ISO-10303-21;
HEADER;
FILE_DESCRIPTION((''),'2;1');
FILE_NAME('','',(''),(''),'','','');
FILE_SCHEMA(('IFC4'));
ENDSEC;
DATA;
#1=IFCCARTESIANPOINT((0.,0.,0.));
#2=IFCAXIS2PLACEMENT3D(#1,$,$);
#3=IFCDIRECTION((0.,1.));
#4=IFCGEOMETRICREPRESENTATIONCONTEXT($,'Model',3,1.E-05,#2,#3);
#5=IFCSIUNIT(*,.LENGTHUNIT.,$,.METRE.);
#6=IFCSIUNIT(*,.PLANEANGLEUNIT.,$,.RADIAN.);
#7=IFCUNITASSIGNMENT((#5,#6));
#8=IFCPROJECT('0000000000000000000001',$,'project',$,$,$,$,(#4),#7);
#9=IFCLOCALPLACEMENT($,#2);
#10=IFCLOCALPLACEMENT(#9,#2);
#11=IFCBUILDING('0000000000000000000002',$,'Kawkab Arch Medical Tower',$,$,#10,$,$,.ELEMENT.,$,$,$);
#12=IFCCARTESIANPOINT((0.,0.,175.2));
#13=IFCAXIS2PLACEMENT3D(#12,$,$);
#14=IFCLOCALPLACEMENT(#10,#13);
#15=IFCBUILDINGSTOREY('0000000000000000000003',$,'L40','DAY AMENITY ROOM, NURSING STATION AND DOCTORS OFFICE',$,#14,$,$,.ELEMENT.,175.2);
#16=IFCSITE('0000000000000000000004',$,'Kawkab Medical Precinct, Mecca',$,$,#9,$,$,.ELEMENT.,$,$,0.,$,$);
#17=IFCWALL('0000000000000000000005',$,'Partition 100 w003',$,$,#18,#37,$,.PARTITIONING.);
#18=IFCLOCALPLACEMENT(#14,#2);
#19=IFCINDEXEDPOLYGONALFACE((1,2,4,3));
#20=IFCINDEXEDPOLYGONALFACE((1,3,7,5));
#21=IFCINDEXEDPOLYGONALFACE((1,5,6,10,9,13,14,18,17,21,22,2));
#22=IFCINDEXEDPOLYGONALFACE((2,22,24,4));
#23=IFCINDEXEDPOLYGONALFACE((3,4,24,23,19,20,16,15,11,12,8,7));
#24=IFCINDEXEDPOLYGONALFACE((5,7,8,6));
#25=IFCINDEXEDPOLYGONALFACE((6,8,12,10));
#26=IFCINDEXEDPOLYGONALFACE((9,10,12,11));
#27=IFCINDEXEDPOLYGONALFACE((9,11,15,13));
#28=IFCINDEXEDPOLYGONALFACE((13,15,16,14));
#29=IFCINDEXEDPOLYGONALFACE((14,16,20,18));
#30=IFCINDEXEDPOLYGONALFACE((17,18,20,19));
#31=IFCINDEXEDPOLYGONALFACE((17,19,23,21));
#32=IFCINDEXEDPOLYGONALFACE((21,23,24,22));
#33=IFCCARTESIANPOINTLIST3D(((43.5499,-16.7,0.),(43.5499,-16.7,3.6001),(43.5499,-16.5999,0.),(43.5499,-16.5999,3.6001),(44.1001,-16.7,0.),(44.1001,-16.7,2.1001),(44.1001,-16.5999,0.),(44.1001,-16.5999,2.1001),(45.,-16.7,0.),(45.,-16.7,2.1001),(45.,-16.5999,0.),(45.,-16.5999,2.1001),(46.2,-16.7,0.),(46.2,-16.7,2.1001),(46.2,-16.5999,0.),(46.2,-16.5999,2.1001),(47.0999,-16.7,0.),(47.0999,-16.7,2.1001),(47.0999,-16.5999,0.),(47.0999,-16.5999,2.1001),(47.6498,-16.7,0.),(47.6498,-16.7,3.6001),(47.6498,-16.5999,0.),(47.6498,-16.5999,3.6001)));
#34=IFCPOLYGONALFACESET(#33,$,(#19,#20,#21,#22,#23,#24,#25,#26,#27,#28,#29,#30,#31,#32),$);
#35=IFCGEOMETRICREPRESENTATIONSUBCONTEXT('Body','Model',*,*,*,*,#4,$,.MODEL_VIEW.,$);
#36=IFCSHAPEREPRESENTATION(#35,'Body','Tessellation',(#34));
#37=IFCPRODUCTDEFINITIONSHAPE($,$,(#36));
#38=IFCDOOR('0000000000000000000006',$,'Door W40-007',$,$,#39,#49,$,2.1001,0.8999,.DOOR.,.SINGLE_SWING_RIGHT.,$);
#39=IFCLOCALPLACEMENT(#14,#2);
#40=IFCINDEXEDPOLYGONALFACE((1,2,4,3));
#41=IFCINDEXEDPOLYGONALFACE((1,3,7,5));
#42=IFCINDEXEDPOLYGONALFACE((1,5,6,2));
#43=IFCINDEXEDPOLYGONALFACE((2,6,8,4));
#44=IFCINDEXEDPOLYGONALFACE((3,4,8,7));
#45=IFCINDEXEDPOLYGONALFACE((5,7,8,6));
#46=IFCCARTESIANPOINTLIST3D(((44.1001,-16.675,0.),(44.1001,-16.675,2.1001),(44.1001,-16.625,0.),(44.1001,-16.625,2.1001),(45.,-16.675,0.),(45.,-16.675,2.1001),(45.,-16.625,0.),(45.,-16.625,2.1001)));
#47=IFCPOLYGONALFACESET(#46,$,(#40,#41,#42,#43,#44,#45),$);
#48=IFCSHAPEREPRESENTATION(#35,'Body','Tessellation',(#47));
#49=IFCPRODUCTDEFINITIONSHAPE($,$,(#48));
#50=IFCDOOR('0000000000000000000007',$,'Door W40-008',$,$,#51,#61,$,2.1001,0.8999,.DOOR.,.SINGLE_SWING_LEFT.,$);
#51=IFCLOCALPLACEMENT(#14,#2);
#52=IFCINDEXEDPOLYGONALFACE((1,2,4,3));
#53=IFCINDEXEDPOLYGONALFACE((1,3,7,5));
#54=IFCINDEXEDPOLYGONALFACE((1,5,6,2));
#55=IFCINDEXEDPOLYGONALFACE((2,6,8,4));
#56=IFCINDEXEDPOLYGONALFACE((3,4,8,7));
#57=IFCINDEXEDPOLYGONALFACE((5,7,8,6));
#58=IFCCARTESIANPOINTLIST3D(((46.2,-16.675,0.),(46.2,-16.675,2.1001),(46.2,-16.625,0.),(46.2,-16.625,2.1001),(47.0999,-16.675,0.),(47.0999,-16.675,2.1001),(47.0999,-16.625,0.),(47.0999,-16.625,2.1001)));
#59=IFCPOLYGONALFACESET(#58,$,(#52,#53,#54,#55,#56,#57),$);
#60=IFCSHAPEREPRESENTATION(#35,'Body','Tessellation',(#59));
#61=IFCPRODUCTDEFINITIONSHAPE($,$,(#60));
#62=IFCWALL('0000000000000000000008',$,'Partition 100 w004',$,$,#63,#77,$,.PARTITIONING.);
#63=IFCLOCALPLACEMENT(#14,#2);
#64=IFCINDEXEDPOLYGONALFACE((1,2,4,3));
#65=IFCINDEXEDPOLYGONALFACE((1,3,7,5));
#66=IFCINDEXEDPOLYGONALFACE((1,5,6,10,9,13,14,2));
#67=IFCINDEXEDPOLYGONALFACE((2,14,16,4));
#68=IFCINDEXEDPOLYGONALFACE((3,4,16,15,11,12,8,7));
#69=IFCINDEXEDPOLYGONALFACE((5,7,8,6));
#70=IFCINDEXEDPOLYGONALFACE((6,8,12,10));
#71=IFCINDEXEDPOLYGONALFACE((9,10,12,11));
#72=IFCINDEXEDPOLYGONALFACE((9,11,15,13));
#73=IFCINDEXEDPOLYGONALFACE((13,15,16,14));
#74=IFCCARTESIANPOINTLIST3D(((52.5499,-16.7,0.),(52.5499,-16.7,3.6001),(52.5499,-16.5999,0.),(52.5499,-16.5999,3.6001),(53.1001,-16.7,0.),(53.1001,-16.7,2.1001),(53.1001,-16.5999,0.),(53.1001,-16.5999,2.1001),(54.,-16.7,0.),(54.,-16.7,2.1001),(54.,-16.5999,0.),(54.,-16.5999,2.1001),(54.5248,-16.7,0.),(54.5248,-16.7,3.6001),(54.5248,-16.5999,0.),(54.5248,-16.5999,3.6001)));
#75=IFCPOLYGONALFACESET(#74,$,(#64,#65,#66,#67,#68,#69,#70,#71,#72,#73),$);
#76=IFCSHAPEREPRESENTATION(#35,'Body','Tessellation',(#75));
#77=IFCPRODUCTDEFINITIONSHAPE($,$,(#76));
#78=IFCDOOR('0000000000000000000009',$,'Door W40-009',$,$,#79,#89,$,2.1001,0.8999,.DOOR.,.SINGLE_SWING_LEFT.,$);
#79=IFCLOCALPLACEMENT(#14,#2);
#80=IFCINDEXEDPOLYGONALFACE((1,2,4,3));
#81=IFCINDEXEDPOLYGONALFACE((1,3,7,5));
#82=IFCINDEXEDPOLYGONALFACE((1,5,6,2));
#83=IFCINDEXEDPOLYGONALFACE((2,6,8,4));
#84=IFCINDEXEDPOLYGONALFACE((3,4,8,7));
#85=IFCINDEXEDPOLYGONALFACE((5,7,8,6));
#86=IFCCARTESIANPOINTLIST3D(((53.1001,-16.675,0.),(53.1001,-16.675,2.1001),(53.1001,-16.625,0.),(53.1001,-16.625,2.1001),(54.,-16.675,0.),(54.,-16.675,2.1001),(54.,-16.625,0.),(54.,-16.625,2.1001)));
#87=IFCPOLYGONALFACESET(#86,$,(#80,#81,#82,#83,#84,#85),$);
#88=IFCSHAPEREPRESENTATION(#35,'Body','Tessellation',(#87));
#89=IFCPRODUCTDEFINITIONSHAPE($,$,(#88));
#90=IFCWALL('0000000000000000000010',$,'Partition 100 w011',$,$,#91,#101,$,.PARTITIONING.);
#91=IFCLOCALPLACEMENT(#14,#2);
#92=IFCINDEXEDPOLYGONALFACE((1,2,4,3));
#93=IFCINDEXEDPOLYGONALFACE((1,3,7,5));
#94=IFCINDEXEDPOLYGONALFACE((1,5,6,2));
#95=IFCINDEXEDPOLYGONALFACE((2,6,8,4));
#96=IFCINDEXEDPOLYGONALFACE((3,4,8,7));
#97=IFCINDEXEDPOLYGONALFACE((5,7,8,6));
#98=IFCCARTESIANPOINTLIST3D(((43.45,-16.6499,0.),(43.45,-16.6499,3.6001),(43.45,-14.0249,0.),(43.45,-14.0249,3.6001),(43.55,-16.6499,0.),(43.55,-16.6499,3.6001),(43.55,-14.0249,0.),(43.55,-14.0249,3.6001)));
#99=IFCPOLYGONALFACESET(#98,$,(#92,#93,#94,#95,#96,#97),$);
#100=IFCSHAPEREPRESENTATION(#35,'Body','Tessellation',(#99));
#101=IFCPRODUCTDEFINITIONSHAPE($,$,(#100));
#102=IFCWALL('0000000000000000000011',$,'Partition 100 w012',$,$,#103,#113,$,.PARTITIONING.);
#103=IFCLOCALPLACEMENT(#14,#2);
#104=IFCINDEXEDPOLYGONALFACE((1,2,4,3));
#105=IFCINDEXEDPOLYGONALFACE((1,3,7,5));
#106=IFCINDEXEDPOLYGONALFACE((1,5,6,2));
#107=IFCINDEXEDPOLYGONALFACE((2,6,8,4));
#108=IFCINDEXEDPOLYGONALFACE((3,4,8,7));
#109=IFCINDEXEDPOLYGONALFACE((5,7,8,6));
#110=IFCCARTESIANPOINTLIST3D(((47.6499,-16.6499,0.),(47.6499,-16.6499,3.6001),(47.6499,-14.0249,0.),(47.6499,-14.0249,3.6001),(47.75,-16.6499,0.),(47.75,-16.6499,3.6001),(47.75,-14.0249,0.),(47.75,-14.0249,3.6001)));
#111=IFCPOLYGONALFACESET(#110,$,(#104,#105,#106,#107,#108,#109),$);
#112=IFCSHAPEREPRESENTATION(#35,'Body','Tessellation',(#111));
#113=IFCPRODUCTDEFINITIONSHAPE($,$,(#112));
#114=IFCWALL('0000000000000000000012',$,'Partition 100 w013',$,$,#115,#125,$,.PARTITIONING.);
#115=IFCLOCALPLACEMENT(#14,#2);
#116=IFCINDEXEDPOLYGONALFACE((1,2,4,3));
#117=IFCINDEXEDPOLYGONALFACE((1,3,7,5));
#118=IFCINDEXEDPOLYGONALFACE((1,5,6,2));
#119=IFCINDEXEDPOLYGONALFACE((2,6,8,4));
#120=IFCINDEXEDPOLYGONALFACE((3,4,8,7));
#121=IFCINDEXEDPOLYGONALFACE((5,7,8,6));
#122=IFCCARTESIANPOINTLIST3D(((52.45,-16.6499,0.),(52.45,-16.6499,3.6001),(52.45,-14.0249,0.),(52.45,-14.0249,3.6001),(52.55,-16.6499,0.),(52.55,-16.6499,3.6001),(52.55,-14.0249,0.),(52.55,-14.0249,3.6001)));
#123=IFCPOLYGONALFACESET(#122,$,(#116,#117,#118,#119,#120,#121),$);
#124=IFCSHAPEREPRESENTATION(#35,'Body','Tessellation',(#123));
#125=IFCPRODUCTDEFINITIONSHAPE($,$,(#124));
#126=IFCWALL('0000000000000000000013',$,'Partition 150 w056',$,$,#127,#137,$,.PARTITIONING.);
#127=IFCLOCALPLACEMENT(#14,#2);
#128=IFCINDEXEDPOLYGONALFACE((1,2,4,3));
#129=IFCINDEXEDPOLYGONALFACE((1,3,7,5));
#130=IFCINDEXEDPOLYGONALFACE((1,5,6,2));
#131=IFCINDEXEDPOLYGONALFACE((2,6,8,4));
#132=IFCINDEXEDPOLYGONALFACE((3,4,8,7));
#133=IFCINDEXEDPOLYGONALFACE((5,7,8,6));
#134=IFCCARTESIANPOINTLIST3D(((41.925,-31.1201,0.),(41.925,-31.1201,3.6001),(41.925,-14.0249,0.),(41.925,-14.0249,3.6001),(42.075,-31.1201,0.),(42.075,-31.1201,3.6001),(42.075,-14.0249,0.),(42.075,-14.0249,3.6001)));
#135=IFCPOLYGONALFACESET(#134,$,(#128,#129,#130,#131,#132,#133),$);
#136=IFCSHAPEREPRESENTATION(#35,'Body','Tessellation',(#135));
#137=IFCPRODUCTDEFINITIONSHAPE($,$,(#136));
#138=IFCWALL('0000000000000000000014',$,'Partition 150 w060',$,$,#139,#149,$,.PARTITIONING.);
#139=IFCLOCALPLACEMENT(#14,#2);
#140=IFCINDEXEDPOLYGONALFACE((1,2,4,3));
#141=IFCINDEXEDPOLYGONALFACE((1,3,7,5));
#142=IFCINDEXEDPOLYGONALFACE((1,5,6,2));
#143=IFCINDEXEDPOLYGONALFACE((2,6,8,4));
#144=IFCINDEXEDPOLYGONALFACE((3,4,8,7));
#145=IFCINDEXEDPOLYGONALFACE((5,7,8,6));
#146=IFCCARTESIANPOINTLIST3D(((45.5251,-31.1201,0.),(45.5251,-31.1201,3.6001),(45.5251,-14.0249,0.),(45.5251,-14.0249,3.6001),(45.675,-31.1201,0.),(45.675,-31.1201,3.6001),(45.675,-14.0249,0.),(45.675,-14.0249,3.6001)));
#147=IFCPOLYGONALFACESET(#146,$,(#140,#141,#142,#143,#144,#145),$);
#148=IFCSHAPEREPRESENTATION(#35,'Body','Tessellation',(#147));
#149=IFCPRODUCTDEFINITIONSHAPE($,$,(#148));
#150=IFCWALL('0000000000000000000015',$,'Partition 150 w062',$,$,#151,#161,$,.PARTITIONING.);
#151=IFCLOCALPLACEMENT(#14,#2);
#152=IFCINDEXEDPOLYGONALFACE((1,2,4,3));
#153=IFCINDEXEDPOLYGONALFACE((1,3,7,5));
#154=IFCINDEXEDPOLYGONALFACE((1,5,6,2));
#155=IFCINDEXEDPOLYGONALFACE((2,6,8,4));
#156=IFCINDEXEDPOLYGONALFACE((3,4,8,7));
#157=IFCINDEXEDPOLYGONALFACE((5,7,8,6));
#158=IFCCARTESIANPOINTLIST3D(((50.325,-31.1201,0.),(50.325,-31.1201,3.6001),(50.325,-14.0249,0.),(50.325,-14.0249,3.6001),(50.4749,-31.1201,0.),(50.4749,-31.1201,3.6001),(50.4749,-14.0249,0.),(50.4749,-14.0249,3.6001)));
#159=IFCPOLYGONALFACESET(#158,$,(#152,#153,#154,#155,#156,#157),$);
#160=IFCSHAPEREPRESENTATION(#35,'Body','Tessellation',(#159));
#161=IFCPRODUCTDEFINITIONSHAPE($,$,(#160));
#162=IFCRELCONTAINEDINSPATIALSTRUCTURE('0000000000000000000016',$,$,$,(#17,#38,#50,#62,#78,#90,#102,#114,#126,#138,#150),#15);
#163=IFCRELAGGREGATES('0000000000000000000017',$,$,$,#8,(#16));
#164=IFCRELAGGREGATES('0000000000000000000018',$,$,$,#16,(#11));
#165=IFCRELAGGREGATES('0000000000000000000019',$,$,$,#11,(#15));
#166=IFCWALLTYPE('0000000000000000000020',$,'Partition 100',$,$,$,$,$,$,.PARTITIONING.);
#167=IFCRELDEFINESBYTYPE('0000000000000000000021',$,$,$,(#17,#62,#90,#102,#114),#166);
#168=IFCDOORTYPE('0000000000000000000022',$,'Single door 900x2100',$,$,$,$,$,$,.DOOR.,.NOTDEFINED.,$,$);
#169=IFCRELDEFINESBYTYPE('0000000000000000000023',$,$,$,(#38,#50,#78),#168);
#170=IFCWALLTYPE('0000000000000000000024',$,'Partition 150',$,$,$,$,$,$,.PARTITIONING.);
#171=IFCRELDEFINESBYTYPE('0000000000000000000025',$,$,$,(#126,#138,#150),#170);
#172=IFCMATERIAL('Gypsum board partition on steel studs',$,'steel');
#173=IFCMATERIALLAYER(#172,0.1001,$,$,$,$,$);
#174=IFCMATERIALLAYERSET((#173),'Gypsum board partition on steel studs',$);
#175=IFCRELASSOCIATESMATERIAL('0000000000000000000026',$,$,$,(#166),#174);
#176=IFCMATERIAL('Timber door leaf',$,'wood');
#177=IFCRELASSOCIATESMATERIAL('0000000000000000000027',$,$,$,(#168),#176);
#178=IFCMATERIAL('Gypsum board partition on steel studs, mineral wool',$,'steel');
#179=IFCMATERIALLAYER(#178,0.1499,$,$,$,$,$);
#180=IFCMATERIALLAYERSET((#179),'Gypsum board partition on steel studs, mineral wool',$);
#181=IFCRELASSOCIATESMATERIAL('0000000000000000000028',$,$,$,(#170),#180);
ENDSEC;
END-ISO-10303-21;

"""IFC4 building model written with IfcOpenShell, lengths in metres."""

from ifc_helpers import new_model, si_unit, direction, frame, frame_2d, origin, place, context, subcontext, project, spatial, rectangle, extrude, material, layer, layer_set, type_object, element, fill, save


model = new_model("IFC4")

# Units and contexts
model_context = context("Model", 3, precision=1e-05, world=origin(), true_north=direction((0.0, 1.0)))
body_context = subcontext(model_context, "Body", "Model", "MODEL_VIEW")
ifc_project = project(units=[si_unit("LENGTHUNIT", "METRE"), si_unit("PLANEANGLEUNIT", "RADIAN")], contexts=[model_context])

# Site, building, storey
site_placement = place(None, origin())
site = spatial("IfcSite", under=ifc_project, at=site_placement, Name="Kawkab Medical Precinct, Mecca", CompositionType="ELEMENT", RefElevation=0.0)
building_placement = place(site_placement, origin())
building = spatial("IfcBuilding", under=site, at=building_placement, Name="Kawkab Arch Medical Tower", CompositionType="ELEMENT")
storey_placement = place(building_placement, frame((0.0, 0.0, 175.2)))
storey = spatial("IfcBuildingStorey", under=building, at=storey_placement, Name="L40", Description="DAY AMENITY ROOM, NURSING STATION AND DOCTORS OFFICE", CompositionType="ELEMENT", Elevation=175.2)

# Wall, openings, doors
ifc_material_1 = material(Name="Gypsum board partition on steel studs", Category="steel")
ifc_layer_1 = layer(ifc_material_1, 0.1001)
ifc_layer_set_1 = layer_set([ifc_layer_1], Name="Gypsum board partition on steel studs")
wall_type_1 = type_object("IfcWallType", Name="Partition 100", PredefinedType="PARTITIONING", material=ifc_layer_set_1)
wall_1_placement = place(storey_placement, frame((43.55, -16.6499, 0.0), z_axis=(0.0, 0.0, 1.0), x_axis=(1.0, 0.0, 0.0)))
wall_1 = element("IfcWall", 1, at=wall_1_placement, inside=storey, type_object=wall_type_1, Name="Partition 100 w003", PredefinedType="PARTITIONING", context=body_context, shape_type="SweptSolid", body=[
    extrude(rectangle(XDim=4.0999, YDim=0.1001, at=frame_2d((2.0498, 0.0))), origin(), (0.0, 0.0, 1.0), 3.6001),
])
opening_1_placement = place(wall_1_placement, frame((0.55, 0.0, 0.0)))
opening_1 = element("IfcOpeningElement", 2, at=opening_1_placement, cuts=wall_1, PredefinedType="OPENING", context=body_context, shape_type="SweptSolid", body=[
    extrude(rectangle(XDim=0.8999, YDim=2.1001, at=frame_2d((0.45, 1.05))), frame((0.0, 0.0601, 0.0), z_axis=(0.0, -1.0, 0.0), x_axis=(1.0, 0.0, 0.0)), (0.0, 0.0, 1.0), 0.1201),
])
opening_2_placement = place(wall_1_placement, frame((2.6499, 0.0, 0.0)))
opening_2 = element("IfcOpeningElement", 3, at=opening_2_placement, cuts=wall_1, PredefinedType="OPENING", context=body_context, shape_type="SweptSolid", body=[
    extrude(rectangle(XDim=0.8999, YDim=2.1001, at=frame_2d((0.45, 1.05))), frame((0.0, 0.0601, 0.0), z_axis=(0.0, -1.0, 0.0), x_axis=(1.0, 0.0, 0.0)), (0.0, 0.0, 1.0), 0.1201),
])
ifc_material_2 = material(Name="Timber door leaf", Category="wood")
door_type = type_object("IfcDoorType", Name="Single door 900x2100", OperationType="NOTDEFINED", PredefinedType="DOOR", material=ifc_material_2)
door_1_placement = place(opening_1_placement, origin())
door_1 = element("IfcDoor", 4, at=door_1_placement, inside=storey, type_object=door_type, Name="Door W40-007", OperationType="SINGLE_SWING_RIGHT", OverallHeight=2.1001, OverallWidth=0.8999, PredefinedType="DOOR", context=body_context, shape_type="SweptSolid", body=[
    extrude(rectangle(XDim=0.8999, YDim=2.1001, at=frame_2d((0.45, 1.05))), frame((0.0, 0.0249, 0.0), z_axis=(0.0, -1.0, 0.0), x_axis=(1.0, 0.0, 0.0)), (0.0, 0.0, 1.0), 0.05),
])
fill(opening_1, door_1)
door_2_placement = place(opening_2_placement, origin())
door_2 = element("IfcDoor", 5, at=door_2_placement, inside=storey, type_object=door_type, Name="Door W40-008", OperationType="SINGLE_SWING_LEFT", OverallHeight=2.1001, OverallWidth=0.8999, PredefinedType="DOOR", context=body_context, shape_type="SweptSolid", body=[
    extrude(rectangle(XDim=0.8999, YDim=2.1001, at=frame_2d((0.45, 1.05))), frame((0.0, 0.0249, 0.0), z_axis=(0.0, -1.0, 0.0), x_axis=(1.0, 0.0, 0.0)), (0.0, 0.0, 1.0), 0.05),
])
fill(opening_2, door_2)

# Wall, opening, door
wall_2_placement = place(storey_placement, frame((52.55, -16.6499, 0.0), z_axis=(0.0, 0.0, 1.0), x_axis=(1.0, 0.0, 0.0)))
wall_2 = element("IfcWall", 6, at=wall_2_placement, inside=storey, type_object=wall_type_1, Name="Partition 100 w004", PredefinedType="PARTITIONING", context=body_context, shape_type="SweptSolid", body=[
    extrude(rectangle(XDim=1.9749, YDim=0.1001, at=frame_2d((0.9873, 0.0))), origin(), (0.0, 0.0, 1.0), 3.6001),
])
opening_3_placement = place(wall_2_placement, frame((0.55, 0.0, 0.0)))
opening_3 = element("IfcOpeningElement", 7, at=opening_3_placement, cuts=wall_2, PredefinedType="OPENING", context=body_context, shape_type="SweptSolid", body=[
    extrude(rectangle(XDim=0.8999, YDim=2.1001, at=frame_2d((0.45, 1.05))), frame((0.0, 0.0601, 0.0), z_axis=(0.0, -1.0, 0.0), x_axis=(1.0, 0.0, 0.0)), (0.0, 0.0, 1.0), 0.1201),
])
door_3_placement = place(opening_3_placement, origin())
door_3 = element("IfcDoor", 8, at=door_3_placement, inside=storey, type_object=door_type, Name="Door W40-009", OperationType="SINGLE_SWING_LEFT", OverallHeight=2.1001, OverallWidth=0.8999, PredefinedType="DOOR", context=body_context, shape_type="SweptSolid", body=[
    extrude(rectangle(XDim=0.8999, YDim=2.1001, at=frame_2d((0.45, 1.05))), frame((0.0, 0.0249, 0.0), z_axis=(0.0, -1.0, 0.0), x_axis=(1.0, 0.0, 0.0)), (0.0, 0.0, 1.0), 0.05),
])
fill(opening_3, door_3)

# Walls
for number, where, z_axis, x_axis, name in (
    (9, (43.5, -16.6499, 0.0), (0.0, 0.0, 1.0), (0.0, 1.0, 0.0), "Partition 100 w011"),
    (10, (47.7, -16.6499, 0.0), (0.0, 0.0, 1.0), (0.0, 1.0, 0.0), "Partition 100 w012"),
    (11, (52.5, -16.6499, 0.0), (0.0, 0.0, 1.0), (0.0, 1.0, 0.0), "Partition 100 w013"),
):
    element("IfcWall", number, at=place(storey_placement, frame(where, z_axis=z_axis, x_axis=x_axis)), inside=storey, type_object=wall_type_1, Name=name, PredefinedType="PARTITIONING", context=body_context, shape_type="SweptSolid", body=[
        extrude(rectangle(XDim=2.625, YDim=0.1001, at=frame_2d((1.3125, 0.0))), origin(), (0.0, 0.0, 1.0), 3.6001),
    ])
ifc_material_3 = material(Name="Gypsum board partition on steel studs, mineral wool", Category="steel")
ifc_layer_2 = layer(ifc_material_3, 0.1499)
ifc_layer_set_2 = layer_set([ifc_layer_2], Name="Gypsum board partition on steel studs, mineral wool")
wall_type_2 = type_object("IfcWallType", Name="Partition 150", PredefinedType="PARTITIONING", material=ifc_layer_set_2)
for number, where, z_axis, x_axis, name in (
    (12, (42.0, -31.1201, 0.0), (0.0, 0.0, 1.0), (0.0, 1.0, 0.0), "Partition 150 w056"),
    (13, (45.6001, -31.1201, 0.0), (0.0, 0.0, 1.0), (0.0, 1.0, 0.0), "Partition 150 w060"),
    (14, (50.3999, -31.1201, 0.0), (0.0, 0.0, 1.0), (0.0, 1.0, 0.0), "Partition 150 w062"),
):
    element("IfcWall", number, at=place(storey_placement, frame(where, z_axis=z_axis, x_axis=x_axis)), inside=storey, type_object=wall_type_2, Name=name, PredefinedType="PARTITIONING", context=body_context, shape_type="SweptSolid", body=[
        extrude(rectangle(XDim=17.0952, YDim=0.1499, at=frame_2d((8.5476, 0.0))), origin(), (0.0, 0.0, 1.0), 3.6001),
    ])

save(model, "model.ifc")
